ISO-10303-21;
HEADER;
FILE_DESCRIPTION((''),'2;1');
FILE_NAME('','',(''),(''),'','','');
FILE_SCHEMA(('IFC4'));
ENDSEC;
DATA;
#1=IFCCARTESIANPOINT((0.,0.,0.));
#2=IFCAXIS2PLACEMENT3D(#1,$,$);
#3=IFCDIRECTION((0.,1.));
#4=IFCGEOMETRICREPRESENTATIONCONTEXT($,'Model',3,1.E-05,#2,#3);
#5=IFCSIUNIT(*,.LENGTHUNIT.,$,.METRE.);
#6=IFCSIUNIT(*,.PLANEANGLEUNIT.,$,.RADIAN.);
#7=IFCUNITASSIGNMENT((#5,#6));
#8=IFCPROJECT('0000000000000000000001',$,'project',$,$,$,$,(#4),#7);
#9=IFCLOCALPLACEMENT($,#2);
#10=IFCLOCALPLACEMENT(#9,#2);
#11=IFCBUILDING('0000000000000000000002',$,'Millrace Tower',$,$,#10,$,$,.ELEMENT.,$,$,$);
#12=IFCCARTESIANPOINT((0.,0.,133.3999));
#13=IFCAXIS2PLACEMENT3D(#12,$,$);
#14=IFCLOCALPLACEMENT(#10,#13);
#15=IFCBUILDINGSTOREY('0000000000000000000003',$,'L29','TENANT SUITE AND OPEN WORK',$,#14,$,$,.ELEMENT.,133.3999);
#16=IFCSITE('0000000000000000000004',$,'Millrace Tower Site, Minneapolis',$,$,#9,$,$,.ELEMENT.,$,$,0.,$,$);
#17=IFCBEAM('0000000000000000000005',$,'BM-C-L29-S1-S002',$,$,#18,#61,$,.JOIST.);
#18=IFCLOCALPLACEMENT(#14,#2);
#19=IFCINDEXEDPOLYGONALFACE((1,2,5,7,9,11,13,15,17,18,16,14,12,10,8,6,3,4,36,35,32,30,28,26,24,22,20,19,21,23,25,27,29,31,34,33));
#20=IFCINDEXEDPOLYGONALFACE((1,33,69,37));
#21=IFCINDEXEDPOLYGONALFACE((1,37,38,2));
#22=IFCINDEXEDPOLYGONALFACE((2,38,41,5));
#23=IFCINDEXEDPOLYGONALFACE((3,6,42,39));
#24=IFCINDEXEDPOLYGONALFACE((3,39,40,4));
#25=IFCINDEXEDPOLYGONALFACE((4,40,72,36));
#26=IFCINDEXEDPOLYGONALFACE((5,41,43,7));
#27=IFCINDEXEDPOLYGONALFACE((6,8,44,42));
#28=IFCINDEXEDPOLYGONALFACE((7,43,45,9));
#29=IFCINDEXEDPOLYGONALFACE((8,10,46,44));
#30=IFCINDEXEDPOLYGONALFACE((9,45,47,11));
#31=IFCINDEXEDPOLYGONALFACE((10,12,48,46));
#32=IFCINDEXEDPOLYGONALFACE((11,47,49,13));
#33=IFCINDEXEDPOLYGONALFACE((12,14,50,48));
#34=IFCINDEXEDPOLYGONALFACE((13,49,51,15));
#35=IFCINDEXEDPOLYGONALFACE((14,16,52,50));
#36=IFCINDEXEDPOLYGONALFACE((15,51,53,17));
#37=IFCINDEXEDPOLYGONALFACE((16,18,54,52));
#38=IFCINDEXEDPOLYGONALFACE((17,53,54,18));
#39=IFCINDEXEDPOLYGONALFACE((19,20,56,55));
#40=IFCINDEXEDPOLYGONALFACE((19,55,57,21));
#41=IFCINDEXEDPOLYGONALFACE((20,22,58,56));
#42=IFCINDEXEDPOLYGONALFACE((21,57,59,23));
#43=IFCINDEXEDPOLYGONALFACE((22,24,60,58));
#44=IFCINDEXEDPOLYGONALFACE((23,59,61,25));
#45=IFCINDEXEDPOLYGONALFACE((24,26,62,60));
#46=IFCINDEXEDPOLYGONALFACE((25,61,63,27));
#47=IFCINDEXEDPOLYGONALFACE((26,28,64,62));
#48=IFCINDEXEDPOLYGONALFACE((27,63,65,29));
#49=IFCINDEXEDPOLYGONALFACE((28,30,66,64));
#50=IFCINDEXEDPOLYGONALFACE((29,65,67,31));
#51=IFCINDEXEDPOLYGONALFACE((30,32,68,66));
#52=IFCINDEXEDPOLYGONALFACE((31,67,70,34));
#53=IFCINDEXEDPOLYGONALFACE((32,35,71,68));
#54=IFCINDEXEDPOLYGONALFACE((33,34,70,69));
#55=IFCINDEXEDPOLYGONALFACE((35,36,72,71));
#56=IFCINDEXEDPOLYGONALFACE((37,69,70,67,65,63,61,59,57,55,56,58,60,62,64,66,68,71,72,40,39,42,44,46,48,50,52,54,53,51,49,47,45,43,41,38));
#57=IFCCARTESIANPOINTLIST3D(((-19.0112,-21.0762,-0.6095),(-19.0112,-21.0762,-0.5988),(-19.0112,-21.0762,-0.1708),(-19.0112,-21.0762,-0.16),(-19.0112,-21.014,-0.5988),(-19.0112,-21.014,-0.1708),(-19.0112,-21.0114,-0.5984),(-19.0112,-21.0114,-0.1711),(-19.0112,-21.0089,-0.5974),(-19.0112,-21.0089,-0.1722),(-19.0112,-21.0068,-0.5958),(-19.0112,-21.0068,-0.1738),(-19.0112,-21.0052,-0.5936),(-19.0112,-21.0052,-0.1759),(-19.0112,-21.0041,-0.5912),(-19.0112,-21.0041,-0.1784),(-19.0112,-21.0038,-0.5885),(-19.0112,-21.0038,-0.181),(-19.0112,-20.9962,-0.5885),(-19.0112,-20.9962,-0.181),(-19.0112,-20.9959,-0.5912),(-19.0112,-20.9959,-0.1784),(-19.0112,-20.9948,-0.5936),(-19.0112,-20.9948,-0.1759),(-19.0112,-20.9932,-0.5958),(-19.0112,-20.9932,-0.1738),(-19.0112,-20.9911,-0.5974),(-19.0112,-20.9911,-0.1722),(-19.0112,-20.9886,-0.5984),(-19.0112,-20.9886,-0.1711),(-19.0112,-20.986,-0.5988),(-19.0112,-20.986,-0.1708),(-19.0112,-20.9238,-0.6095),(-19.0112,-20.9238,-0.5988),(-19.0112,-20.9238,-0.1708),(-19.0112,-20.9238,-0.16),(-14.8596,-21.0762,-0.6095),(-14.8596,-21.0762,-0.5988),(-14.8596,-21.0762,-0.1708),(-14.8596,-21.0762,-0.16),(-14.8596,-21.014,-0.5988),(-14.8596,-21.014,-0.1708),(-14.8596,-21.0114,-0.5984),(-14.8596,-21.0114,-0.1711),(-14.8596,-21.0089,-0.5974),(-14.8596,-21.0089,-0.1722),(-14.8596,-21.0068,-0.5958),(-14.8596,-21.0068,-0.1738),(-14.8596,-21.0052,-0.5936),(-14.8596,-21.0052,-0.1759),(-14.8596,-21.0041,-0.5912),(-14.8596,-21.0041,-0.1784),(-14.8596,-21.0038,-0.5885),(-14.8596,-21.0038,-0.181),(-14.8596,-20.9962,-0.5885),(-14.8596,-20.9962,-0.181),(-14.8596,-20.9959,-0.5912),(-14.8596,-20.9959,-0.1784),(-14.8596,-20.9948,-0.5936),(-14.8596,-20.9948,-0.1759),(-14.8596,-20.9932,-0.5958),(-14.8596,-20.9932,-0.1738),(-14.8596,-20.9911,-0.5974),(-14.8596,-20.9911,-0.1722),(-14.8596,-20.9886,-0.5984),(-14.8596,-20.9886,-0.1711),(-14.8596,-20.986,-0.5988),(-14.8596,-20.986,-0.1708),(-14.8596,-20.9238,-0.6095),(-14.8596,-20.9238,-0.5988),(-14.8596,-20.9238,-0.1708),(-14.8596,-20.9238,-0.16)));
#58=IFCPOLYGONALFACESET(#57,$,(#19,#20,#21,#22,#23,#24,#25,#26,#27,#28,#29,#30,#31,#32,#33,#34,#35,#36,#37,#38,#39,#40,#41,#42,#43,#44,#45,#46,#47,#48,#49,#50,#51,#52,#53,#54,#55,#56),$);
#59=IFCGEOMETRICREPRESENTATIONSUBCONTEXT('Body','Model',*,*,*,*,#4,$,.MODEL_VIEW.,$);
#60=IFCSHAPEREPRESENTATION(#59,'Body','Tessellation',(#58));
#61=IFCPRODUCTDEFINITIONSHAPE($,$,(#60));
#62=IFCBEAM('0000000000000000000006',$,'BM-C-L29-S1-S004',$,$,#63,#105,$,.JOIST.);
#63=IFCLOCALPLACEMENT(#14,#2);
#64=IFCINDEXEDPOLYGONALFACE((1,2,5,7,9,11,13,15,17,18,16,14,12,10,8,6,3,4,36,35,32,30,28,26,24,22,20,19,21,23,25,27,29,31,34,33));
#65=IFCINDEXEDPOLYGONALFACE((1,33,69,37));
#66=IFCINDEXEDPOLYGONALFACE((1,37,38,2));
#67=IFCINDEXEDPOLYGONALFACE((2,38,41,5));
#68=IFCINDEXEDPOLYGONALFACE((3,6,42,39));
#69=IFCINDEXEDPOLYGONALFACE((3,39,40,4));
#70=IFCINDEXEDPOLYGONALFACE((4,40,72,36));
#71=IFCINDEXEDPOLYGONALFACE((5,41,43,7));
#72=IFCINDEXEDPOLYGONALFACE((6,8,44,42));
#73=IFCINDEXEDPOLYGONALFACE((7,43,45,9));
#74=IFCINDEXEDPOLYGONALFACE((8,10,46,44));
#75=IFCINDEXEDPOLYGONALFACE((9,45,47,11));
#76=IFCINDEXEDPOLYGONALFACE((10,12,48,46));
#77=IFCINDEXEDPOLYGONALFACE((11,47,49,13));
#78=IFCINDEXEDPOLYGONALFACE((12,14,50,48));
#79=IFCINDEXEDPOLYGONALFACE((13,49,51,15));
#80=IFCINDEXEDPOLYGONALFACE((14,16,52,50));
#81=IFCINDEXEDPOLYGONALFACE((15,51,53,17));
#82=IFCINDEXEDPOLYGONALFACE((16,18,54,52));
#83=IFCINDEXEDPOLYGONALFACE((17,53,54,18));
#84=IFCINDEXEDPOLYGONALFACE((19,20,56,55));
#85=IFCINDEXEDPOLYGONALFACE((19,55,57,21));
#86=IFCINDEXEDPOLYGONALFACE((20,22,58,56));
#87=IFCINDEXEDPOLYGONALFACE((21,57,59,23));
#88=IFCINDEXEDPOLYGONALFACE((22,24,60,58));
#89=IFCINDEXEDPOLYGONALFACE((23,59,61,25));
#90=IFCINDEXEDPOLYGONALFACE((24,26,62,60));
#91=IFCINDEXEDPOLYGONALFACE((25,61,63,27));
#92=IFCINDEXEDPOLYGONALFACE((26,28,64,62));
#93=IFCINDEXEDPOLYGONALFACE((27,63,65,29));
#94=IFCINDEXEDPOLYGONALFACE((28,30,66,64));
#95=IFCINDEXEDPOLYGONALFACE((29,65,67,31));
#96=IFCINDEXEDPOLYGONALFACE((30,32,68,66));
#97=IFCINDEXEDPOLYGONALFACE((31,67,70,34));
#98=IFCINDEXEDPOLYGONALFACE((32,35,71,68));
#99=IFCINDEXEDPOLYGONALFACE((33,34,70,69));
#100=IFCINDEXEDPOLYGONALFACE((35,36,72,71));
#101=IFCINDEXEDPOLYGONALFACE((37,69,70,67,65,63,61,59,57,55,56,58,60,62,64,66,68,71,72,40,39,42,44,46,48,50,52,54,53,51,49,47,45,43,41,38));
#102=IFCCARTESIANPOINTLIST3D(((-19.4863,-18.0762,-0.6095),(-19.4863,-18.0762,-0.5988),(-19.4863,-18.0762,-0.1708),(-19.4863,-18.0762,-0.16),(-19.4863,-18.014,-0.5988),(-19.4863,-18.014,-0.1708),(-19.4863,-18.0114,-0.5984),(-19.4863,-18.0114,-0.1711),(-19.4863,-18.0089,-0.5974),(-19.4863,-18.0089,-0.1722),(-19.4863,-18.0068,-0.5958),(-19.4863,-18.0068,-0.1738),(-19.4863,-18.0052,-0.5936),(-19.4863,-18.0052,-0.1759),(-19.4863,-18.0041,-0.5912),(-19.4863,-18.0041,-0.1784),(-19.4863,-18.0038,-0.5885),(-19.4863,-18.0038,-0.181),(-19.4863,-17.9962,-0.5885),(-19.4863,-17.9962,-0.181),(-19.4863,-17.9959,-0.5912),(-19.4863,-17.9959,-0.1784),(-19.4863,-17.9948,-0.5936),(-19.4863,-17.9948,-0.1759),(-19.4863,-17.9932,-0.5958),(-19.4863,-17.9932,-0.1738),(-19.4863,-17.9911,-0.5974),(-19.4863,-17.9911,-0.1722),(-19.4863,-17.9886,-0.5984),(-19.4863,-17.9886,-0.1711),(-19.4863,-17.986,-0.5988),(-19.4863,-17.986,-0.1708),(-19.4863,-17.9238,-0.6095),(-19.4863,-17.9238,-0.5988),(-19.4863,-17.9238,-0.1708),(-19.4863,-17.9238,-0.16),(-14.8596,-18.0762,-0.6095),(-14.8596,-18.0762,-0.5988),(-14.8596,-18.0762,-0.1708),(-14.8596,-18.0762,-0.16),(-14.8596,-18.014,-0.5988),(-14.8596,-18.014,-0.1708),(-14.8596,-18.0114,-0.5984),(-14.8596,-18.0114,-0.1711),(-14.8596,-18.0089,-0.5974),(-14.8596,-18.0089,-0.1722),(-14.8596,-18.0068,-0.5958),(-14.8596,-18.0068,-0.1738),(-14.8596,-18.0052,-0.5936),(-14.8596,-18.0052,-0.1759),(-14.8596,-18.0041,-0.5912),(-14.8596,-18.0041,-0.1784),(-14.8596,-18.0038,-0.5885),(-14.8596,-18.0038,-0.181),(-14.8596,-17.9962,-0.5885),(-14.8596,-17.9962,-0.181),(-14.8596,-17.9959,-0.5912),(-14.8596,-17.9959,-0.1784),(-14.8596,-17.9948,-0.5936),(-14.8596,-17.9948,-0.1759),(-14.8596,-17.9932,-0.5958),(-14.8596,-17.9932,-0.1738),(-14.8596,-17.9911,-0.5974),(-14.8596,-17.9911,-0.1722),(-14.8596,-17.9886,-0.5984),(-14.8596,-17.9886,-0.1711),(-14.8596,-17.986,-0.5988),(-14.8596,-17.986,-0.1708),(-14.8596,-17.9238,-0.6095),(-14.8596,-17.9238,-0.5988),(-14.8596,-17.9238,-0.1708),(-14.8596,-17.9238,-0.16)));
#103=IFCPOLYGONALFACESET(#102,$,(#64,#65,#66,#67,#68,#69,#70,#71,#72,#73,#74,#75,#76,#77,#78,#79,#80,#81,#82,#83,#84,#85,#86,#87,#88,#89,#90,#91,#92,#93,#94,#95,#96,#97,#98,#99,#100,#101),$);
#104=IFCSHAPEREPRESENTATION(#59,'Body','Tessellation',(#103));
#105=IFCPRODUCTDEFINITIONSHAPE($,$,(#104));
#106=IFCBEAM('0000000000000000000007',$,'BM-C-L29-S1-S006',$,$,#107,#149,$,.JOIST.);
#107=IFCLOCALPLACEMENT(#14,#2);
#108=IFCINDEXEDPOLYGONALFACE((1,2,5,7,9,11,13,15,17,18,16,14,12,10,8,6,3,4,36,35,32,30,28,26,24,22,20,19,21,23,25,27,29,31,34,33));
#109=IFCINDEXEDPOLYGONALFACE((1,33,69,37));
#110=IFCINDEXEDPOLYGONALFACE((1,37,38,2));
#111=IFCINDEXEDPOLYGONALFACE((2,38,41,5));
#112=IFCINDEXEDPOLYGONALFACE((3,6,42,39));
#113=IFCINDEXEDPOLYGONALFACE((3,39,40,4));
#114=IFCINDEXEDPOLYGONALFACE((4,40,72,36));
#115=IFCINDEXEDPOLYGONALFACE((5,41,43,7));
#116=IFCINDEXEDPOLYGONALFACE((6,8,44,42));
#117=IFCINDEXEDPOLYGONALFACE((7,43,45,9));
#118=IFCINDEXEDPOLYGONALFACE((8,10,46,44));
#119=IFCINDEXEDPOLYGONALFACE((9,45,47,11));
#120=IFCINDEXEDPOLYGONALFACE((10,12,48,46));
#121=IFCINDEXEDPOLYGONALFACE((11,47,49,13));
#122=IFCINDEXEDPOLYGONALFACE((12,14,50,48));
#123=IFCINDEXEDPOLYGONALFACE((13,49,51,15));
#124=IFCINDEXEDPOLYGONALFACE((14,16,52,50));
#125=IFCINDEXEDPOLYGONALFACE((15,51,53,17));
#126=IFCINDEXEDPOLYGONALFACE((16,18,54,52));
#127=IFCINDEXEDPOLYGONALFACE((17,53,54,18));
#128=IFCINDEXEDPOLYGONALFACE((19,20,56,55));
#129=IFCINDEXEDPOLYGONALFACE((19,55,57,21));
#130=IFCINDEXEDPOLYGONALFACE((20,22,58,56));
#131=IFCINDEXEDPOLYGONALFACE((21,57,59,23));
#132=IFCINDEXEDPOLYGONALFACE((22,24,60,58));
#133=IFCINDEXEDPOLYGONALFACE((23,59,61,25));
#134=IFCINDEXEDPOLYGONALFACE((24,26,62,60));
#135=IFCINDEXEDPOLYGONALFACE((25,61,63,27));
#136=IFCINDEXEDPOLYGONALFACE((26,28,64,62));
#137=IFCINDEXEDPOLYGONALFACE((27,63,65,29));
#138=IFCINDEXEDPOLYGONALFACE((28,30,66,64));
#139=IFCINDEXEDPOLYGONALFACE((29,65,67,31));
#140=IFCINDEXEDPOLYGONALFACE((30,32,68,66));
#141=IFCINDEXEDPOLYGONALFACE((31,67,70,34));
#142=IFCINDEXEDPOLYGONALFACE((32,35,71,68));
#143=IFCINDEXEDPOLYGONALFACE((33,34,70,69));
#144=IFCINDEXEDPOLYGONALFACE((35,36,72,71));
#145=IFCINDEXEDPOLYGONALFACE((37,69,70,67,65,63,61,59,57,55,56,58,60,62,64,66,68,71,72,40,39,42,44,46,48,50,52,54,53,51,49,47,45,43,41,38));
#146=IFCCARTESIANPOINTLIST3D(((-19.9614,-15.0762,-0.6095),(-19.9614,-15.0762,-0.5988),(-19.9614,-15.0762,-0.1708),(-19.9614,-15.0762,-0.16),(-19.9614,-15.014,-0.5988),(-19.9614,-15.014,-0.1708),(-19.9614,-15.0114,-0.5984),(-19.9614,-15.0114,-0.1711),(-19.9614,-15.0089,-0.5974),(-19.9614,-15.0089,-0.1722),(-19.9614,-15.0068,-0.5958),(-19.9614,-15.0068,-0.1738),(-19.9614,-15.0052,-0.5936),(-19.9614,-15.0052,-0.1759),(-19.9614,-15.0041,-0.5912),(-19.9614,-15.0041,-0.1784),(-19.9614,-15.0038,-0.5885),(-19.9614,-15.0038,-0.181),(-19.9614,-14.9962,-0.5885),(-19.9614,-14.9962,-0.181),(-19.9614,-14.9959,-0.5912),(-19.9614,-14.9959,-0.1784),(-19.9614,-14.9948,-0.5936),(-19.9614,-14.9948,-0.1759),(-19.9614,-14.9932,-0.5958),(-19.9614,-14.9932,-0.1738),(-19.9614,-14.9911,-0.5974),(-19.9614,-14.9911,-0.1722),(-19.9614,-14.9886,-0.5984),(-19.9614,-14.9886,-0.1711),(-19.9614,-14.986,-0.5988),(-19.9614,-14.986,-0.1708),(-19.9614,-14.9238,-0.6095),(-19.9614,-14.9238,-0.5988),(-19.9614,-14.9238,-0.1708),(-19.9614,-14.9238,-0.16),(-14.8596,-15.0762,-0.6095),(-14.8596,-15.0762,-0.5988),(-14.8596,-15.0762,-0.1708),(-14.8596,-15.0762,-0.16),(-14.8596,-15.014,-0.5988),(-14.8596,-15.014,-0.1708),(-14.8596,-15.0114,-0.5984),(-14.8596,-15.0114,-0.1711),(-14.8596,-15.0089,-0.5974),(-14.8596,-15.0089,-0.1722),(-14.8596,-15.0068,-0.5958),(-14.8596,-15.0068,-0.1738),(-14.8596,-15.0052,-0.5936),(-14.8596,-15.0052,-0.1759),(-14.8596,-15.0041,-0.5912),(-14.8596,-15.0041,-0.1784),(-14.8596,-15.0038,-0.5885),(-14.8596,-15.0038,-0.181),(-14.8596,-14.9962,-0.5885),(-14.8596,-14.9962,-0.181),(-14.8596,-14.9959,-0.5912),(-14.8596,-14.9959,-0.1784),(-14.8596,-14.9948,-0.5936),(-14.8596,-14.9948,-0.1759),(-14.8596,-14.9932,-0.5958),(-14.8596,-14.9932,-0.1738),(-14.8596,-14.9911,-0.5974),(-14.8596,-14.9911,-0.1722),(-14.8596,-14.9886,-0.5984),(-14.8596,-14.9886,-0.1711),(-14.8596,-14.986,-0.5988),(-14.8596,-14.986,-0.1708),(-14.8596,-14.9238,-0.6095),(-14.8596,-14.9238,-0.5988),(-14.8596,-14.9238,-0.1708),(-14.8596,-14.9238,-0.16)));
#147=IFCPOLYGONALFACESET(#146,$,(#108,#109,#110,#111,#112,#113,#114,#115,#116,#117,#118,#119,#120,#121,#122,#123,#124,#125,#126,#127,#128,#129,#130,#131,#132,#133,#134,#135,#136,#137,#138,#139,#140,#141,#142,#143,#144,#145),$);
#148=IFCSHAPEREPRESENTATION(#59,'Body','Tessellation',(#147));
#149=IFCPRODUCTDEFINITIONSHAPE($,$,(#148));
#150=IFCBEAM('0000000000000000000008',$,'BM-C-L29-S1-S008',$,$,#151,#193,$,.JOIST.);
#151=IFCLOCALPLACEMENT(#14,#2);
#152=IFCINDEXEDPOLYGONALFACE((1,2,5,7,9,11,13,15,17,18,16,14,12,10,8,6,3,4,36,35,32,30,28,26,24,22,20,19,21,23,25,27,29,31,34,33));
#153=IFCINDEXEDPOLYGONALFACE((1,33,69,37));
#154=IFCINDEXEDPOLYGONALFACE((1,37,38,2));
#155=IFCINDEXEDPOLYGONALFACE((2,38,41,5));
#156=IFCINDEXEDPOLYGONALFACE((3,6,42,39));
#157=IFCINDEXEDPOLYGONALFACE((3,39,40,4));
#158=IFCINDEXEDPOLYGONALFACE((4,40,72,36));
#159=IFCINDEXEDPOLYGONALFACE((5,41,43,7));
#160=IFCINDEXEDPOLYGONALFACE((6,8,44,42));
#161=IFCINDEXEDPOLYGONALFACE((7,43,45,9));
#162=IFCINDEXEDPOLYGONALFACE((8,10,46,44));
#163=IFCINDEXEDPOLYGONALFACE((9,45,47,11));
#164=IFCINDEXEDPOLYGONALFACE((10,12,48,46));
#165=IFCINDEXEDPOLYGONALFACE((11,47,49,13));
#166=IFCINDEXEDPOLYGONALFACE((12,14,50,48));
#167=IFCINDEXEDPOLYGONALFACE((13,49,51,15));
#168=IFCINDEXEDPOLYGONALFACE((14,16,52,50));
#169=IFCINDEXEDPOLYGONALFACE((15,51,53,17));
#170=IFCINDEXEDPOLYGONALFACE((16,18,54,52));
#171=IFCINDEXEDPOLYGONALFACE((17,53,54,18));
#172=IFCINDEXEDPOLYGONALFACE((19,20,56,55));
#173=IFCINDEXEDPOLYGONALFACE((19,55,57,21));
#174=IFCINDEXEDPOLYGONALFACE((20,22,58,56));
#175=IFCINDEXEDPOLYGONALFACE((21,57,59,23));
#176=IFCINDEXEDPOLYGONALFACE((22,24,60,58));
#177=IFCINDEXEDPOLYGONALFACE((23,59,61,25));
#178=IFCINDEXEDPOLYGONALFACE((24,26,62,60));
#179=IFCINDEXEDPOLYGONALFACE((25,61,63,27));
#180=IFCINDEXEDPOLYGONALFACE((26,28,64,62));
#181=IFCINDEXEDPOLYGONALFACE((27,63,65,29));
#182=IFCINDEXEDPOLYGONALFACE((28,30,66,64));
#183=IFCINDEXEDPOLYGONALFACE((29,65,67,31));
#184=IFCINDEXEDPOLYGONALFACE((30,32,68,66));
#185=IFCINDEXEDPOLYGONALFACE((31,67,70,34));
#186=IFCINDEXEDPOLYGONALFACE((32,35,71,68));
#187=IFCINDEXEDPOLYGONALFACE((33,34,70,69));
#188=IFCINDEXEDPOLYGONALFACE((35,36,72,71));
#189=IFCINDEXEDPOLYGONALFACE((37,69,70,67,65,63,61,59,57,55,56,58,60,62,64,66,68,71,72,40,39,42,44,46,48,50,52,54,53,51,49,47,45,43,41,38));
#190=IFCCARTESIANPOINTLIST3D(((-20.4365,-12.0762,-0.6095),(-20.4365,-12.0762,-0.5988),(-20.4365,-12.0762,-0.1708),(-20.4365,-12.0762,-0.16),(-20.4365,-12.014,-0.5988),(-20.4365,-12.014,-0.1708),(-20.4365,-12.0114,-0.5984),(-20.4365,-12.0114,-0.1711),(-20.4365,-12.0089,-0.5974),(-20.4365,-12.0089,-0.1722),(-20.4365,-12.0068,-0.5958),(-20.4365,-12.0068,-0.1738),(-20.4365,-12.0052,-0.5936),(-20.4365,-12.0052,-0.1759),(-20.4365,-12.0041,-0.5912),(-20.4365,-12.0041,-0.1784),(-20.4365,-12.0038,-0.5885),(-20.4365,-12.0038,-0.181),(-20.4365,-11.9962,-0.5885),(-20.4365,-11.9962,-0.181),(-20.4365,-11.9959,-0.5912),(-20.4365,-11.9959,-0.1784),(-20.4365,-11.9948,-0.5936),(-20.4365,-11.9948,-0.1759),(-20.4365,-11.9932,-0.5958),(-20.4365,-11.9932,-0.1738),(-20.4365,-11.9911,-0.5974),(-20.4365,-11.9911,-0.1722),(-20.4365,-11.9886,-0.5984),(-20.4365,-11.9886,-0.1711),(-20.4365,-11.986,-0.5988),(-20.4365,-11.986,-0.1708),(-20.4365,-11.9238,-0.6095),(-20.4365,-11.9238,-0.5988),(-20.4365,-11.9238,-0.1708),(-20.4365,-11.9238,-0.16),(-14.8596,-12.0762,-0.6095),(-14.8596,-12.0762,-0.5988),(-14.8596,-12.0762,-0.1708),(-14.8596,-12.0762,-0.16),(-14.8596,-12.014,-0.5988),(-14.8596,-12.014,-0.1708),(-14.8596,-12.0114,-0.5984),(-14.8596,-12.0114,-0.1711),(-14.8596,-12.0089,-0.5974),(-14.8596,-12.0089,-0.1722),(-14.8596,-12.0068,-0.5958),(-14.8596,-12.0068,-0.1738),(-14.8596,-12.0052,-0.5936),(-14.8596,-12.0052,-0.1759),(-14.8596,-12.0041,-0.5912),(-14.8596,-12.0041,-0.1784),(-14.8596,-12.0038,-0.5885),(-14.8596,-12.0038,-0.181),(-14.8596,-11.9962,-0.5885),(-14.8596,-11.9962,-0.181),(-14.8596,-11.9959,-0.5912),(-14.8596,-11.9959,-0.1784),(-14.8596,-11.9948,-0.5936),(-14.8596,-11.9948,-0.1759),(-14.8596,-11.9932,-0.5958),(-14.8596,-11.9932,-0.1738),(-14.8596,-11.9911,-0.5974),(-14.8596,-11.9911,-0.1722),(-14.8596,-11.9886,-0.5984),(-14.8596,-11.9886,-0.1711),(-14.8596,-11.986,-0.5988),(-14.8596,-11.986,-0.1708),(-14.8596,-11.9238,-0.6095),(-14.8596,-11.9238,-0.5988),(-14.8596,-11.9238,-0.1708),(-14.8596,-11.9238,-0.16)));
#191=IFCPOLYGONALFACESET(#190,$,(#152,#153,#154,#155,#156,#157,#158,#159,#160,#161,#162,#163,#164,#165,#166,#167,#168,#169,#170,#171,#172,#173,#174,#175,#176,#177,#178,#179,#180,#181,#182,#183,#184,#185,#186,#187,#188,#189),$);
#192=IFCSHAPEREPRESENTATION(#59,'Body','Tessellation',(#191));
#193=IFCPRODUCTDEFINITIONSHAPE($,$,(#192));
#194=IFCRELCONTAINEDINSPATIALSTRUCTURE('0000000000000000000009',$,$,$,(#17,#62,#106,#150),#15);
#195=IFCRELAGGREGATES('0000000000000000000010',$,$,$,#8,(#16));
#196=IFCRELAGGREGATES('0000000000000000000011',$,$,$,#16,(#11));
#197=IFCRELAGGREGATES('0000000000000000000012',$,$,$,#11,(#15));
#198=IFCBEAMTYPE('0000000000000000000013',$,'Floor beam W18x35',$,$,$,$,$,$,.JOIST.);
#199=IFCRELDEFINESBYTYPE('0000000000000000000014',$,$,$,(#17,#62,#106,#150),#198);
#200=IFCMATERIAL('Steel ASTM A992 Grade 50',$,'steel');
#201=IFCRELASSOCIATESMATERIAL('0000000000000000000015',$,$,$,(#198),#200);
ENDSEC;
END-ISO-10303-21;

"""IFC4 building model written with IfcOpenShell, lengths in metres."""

from ifc_helpers import new_model, si_unit, direction, frame, origin, origin_2d, place, context, subcontext, project, spatial, i_section, extrude, material, material_profile, profile_set, type_object, element, save


model = new_model("IFC4")

# Units and contexts
model_context = context("Model", 3, precision=1e-05, world=origin(), true_north=direction((0.0, 1.0)))
body_context = subcontext(model_context, "Body", "Model", "MODEL_VIEW")
ifc_project = project(units=[si_unit("LENGTHUNIT", "METRE"), si_unit("PLANEANGLEUNIT", "RADIAN")], contexts=[model_context])

# Site, building, storey
site_placement = place(None, origin())
site = spatial("IfcSite", under=ifc_project, at=site_placement, Name="Millrace Tower Site, Minneapolis", CompositionType="ELEMENT", RefElevation=0.0)
building_placement = place(site_placement, origin())
building = spatial("IfcBuilding", under=site, at=building_placement, Name="Millrace Tower", CompositionType="ELEMENT")
storey_placement = place(building_placement, frame((0.0, 0.0, 133.3999)))
storey = spatial("IfcBuildingStorey", under=building, at=storey_placement, Name="L29", Description="TENANT SUITE AND OPEN WORK", CompositionType="ELEMENT", Elevation=133.3999)

# Beams
ifc_material_1 = material(Name="Steel ASTM A992 Grade 50", Category="steel")
ifc_material_profile_1 = material_profile(ifc_material_1, i_section(OverallWidth=0.1523, OverallDepth=0.4495, WebThickness=0.0076, FlangeThickness=0.0107, FilletRadius=0.0103, at=origin_2d()))
ifc_profile_set_1 = profile_set([ifc_material_profile_1], Name="Steel ASTM A992 Grade 50")
beam_type_1 = type_object("IfcBeamType", Name="Floor beam W18x35", PredefinedType="JOIST", material=ifc_profile_set_1)
beam_1_placement = place(storey_placement, frame((-19.0112, -21.0, -0.3848), z_axis=(1.0, 0.0, 0.0), x_axis=(0.0, 1.0, 0.0)))
element("IfcBeam", 1, at=beam_1_placement, inside=storey, type_object=beam_type_1, Name="BM-C-L29-S1-S002", PredefinedType="JOIST", context=body_context, shape_type="SweptSolid", body=[
    extrude(i_section(OverallWidth=0.1523, OverallDepth=0.4495, WebThickness=0.0076, FlangeThickness=0.0107, FilletRadius=0.0103, at=origin_2d()), origin(), (0.0, 0.0, 1.0), 4.1516),
])
beam_2_placement = place(storey_placement, frame((-19.4863, -18.0, -0.3848), z_axis=(1.0, 0.0, 0.0), x_axis=(0.0, 1.0, 0.0)))
element("IfcBeam", 2, at=beam_2_placement, inside=storey, type_object=beam_type_1, Name="BM-C-L29-S1-S004", PredefinedType="JOIST", context=body_context, shape_type="SweptSolid", body=[
    extrude(i_section(OverallWidth=0.1523, OverallDepth=0.4495, WebThickness=0.0076, FlangeThickness=0.0107, FilletRadius=0.0103, at=origin_2d()), origin(), (0.0, 0.0, 1.0), 4.6267),
])
beam_3_placement = place(storey_placement, frame((-19.9614, -15.0, -0.3848), z_axis=(1.0, 0.0, 0.0), x_axis=(0.0, 1.0, 0.0)))
element("IfcBeam", 3, at=beam_3_placement, inside=storey, type_object=beam_type_1, Name="BM-C-L29-S1-S006", PredefinedType="JOIST", context=body_context, shape_type="SweptSolid", body=[
    extrude(i_section(OverallWidth=0.1523, OverallDepth=0.4495, WebThickness=0.0076, FlangeThickness=0.0107, FilletRadius=0.0103, at=origin_2d()), origin(), (0.0, 0.0, 1.0), 5.1018),
])
beam_4_placement = place(storey_placement, frame((-20.4365, -12.0, -0.3848), z_axis=(1.0, 0.0, 0.0), x_axis=(0.0, 1.0, 0.0)))
element("IfcBeam", 4, at=beam_4_placement, inside=storey, type_object=beam_type_1, Name="BM-C-L29-S1-S008", PredefinedType="JOIST", context=body_context, shape_type="SweptSolid", body=[
    extrude(i_section(OverallWidth=0.1523, OverallDepth=0.4495, WebThickness=0.0076, FlangeThickness=0.0107, FilletRadius=0.0103, at=origin_2d()), origin(), (0.0, 0.0, 1.0), 5.5769),
])

save(model, "model.ifc")
